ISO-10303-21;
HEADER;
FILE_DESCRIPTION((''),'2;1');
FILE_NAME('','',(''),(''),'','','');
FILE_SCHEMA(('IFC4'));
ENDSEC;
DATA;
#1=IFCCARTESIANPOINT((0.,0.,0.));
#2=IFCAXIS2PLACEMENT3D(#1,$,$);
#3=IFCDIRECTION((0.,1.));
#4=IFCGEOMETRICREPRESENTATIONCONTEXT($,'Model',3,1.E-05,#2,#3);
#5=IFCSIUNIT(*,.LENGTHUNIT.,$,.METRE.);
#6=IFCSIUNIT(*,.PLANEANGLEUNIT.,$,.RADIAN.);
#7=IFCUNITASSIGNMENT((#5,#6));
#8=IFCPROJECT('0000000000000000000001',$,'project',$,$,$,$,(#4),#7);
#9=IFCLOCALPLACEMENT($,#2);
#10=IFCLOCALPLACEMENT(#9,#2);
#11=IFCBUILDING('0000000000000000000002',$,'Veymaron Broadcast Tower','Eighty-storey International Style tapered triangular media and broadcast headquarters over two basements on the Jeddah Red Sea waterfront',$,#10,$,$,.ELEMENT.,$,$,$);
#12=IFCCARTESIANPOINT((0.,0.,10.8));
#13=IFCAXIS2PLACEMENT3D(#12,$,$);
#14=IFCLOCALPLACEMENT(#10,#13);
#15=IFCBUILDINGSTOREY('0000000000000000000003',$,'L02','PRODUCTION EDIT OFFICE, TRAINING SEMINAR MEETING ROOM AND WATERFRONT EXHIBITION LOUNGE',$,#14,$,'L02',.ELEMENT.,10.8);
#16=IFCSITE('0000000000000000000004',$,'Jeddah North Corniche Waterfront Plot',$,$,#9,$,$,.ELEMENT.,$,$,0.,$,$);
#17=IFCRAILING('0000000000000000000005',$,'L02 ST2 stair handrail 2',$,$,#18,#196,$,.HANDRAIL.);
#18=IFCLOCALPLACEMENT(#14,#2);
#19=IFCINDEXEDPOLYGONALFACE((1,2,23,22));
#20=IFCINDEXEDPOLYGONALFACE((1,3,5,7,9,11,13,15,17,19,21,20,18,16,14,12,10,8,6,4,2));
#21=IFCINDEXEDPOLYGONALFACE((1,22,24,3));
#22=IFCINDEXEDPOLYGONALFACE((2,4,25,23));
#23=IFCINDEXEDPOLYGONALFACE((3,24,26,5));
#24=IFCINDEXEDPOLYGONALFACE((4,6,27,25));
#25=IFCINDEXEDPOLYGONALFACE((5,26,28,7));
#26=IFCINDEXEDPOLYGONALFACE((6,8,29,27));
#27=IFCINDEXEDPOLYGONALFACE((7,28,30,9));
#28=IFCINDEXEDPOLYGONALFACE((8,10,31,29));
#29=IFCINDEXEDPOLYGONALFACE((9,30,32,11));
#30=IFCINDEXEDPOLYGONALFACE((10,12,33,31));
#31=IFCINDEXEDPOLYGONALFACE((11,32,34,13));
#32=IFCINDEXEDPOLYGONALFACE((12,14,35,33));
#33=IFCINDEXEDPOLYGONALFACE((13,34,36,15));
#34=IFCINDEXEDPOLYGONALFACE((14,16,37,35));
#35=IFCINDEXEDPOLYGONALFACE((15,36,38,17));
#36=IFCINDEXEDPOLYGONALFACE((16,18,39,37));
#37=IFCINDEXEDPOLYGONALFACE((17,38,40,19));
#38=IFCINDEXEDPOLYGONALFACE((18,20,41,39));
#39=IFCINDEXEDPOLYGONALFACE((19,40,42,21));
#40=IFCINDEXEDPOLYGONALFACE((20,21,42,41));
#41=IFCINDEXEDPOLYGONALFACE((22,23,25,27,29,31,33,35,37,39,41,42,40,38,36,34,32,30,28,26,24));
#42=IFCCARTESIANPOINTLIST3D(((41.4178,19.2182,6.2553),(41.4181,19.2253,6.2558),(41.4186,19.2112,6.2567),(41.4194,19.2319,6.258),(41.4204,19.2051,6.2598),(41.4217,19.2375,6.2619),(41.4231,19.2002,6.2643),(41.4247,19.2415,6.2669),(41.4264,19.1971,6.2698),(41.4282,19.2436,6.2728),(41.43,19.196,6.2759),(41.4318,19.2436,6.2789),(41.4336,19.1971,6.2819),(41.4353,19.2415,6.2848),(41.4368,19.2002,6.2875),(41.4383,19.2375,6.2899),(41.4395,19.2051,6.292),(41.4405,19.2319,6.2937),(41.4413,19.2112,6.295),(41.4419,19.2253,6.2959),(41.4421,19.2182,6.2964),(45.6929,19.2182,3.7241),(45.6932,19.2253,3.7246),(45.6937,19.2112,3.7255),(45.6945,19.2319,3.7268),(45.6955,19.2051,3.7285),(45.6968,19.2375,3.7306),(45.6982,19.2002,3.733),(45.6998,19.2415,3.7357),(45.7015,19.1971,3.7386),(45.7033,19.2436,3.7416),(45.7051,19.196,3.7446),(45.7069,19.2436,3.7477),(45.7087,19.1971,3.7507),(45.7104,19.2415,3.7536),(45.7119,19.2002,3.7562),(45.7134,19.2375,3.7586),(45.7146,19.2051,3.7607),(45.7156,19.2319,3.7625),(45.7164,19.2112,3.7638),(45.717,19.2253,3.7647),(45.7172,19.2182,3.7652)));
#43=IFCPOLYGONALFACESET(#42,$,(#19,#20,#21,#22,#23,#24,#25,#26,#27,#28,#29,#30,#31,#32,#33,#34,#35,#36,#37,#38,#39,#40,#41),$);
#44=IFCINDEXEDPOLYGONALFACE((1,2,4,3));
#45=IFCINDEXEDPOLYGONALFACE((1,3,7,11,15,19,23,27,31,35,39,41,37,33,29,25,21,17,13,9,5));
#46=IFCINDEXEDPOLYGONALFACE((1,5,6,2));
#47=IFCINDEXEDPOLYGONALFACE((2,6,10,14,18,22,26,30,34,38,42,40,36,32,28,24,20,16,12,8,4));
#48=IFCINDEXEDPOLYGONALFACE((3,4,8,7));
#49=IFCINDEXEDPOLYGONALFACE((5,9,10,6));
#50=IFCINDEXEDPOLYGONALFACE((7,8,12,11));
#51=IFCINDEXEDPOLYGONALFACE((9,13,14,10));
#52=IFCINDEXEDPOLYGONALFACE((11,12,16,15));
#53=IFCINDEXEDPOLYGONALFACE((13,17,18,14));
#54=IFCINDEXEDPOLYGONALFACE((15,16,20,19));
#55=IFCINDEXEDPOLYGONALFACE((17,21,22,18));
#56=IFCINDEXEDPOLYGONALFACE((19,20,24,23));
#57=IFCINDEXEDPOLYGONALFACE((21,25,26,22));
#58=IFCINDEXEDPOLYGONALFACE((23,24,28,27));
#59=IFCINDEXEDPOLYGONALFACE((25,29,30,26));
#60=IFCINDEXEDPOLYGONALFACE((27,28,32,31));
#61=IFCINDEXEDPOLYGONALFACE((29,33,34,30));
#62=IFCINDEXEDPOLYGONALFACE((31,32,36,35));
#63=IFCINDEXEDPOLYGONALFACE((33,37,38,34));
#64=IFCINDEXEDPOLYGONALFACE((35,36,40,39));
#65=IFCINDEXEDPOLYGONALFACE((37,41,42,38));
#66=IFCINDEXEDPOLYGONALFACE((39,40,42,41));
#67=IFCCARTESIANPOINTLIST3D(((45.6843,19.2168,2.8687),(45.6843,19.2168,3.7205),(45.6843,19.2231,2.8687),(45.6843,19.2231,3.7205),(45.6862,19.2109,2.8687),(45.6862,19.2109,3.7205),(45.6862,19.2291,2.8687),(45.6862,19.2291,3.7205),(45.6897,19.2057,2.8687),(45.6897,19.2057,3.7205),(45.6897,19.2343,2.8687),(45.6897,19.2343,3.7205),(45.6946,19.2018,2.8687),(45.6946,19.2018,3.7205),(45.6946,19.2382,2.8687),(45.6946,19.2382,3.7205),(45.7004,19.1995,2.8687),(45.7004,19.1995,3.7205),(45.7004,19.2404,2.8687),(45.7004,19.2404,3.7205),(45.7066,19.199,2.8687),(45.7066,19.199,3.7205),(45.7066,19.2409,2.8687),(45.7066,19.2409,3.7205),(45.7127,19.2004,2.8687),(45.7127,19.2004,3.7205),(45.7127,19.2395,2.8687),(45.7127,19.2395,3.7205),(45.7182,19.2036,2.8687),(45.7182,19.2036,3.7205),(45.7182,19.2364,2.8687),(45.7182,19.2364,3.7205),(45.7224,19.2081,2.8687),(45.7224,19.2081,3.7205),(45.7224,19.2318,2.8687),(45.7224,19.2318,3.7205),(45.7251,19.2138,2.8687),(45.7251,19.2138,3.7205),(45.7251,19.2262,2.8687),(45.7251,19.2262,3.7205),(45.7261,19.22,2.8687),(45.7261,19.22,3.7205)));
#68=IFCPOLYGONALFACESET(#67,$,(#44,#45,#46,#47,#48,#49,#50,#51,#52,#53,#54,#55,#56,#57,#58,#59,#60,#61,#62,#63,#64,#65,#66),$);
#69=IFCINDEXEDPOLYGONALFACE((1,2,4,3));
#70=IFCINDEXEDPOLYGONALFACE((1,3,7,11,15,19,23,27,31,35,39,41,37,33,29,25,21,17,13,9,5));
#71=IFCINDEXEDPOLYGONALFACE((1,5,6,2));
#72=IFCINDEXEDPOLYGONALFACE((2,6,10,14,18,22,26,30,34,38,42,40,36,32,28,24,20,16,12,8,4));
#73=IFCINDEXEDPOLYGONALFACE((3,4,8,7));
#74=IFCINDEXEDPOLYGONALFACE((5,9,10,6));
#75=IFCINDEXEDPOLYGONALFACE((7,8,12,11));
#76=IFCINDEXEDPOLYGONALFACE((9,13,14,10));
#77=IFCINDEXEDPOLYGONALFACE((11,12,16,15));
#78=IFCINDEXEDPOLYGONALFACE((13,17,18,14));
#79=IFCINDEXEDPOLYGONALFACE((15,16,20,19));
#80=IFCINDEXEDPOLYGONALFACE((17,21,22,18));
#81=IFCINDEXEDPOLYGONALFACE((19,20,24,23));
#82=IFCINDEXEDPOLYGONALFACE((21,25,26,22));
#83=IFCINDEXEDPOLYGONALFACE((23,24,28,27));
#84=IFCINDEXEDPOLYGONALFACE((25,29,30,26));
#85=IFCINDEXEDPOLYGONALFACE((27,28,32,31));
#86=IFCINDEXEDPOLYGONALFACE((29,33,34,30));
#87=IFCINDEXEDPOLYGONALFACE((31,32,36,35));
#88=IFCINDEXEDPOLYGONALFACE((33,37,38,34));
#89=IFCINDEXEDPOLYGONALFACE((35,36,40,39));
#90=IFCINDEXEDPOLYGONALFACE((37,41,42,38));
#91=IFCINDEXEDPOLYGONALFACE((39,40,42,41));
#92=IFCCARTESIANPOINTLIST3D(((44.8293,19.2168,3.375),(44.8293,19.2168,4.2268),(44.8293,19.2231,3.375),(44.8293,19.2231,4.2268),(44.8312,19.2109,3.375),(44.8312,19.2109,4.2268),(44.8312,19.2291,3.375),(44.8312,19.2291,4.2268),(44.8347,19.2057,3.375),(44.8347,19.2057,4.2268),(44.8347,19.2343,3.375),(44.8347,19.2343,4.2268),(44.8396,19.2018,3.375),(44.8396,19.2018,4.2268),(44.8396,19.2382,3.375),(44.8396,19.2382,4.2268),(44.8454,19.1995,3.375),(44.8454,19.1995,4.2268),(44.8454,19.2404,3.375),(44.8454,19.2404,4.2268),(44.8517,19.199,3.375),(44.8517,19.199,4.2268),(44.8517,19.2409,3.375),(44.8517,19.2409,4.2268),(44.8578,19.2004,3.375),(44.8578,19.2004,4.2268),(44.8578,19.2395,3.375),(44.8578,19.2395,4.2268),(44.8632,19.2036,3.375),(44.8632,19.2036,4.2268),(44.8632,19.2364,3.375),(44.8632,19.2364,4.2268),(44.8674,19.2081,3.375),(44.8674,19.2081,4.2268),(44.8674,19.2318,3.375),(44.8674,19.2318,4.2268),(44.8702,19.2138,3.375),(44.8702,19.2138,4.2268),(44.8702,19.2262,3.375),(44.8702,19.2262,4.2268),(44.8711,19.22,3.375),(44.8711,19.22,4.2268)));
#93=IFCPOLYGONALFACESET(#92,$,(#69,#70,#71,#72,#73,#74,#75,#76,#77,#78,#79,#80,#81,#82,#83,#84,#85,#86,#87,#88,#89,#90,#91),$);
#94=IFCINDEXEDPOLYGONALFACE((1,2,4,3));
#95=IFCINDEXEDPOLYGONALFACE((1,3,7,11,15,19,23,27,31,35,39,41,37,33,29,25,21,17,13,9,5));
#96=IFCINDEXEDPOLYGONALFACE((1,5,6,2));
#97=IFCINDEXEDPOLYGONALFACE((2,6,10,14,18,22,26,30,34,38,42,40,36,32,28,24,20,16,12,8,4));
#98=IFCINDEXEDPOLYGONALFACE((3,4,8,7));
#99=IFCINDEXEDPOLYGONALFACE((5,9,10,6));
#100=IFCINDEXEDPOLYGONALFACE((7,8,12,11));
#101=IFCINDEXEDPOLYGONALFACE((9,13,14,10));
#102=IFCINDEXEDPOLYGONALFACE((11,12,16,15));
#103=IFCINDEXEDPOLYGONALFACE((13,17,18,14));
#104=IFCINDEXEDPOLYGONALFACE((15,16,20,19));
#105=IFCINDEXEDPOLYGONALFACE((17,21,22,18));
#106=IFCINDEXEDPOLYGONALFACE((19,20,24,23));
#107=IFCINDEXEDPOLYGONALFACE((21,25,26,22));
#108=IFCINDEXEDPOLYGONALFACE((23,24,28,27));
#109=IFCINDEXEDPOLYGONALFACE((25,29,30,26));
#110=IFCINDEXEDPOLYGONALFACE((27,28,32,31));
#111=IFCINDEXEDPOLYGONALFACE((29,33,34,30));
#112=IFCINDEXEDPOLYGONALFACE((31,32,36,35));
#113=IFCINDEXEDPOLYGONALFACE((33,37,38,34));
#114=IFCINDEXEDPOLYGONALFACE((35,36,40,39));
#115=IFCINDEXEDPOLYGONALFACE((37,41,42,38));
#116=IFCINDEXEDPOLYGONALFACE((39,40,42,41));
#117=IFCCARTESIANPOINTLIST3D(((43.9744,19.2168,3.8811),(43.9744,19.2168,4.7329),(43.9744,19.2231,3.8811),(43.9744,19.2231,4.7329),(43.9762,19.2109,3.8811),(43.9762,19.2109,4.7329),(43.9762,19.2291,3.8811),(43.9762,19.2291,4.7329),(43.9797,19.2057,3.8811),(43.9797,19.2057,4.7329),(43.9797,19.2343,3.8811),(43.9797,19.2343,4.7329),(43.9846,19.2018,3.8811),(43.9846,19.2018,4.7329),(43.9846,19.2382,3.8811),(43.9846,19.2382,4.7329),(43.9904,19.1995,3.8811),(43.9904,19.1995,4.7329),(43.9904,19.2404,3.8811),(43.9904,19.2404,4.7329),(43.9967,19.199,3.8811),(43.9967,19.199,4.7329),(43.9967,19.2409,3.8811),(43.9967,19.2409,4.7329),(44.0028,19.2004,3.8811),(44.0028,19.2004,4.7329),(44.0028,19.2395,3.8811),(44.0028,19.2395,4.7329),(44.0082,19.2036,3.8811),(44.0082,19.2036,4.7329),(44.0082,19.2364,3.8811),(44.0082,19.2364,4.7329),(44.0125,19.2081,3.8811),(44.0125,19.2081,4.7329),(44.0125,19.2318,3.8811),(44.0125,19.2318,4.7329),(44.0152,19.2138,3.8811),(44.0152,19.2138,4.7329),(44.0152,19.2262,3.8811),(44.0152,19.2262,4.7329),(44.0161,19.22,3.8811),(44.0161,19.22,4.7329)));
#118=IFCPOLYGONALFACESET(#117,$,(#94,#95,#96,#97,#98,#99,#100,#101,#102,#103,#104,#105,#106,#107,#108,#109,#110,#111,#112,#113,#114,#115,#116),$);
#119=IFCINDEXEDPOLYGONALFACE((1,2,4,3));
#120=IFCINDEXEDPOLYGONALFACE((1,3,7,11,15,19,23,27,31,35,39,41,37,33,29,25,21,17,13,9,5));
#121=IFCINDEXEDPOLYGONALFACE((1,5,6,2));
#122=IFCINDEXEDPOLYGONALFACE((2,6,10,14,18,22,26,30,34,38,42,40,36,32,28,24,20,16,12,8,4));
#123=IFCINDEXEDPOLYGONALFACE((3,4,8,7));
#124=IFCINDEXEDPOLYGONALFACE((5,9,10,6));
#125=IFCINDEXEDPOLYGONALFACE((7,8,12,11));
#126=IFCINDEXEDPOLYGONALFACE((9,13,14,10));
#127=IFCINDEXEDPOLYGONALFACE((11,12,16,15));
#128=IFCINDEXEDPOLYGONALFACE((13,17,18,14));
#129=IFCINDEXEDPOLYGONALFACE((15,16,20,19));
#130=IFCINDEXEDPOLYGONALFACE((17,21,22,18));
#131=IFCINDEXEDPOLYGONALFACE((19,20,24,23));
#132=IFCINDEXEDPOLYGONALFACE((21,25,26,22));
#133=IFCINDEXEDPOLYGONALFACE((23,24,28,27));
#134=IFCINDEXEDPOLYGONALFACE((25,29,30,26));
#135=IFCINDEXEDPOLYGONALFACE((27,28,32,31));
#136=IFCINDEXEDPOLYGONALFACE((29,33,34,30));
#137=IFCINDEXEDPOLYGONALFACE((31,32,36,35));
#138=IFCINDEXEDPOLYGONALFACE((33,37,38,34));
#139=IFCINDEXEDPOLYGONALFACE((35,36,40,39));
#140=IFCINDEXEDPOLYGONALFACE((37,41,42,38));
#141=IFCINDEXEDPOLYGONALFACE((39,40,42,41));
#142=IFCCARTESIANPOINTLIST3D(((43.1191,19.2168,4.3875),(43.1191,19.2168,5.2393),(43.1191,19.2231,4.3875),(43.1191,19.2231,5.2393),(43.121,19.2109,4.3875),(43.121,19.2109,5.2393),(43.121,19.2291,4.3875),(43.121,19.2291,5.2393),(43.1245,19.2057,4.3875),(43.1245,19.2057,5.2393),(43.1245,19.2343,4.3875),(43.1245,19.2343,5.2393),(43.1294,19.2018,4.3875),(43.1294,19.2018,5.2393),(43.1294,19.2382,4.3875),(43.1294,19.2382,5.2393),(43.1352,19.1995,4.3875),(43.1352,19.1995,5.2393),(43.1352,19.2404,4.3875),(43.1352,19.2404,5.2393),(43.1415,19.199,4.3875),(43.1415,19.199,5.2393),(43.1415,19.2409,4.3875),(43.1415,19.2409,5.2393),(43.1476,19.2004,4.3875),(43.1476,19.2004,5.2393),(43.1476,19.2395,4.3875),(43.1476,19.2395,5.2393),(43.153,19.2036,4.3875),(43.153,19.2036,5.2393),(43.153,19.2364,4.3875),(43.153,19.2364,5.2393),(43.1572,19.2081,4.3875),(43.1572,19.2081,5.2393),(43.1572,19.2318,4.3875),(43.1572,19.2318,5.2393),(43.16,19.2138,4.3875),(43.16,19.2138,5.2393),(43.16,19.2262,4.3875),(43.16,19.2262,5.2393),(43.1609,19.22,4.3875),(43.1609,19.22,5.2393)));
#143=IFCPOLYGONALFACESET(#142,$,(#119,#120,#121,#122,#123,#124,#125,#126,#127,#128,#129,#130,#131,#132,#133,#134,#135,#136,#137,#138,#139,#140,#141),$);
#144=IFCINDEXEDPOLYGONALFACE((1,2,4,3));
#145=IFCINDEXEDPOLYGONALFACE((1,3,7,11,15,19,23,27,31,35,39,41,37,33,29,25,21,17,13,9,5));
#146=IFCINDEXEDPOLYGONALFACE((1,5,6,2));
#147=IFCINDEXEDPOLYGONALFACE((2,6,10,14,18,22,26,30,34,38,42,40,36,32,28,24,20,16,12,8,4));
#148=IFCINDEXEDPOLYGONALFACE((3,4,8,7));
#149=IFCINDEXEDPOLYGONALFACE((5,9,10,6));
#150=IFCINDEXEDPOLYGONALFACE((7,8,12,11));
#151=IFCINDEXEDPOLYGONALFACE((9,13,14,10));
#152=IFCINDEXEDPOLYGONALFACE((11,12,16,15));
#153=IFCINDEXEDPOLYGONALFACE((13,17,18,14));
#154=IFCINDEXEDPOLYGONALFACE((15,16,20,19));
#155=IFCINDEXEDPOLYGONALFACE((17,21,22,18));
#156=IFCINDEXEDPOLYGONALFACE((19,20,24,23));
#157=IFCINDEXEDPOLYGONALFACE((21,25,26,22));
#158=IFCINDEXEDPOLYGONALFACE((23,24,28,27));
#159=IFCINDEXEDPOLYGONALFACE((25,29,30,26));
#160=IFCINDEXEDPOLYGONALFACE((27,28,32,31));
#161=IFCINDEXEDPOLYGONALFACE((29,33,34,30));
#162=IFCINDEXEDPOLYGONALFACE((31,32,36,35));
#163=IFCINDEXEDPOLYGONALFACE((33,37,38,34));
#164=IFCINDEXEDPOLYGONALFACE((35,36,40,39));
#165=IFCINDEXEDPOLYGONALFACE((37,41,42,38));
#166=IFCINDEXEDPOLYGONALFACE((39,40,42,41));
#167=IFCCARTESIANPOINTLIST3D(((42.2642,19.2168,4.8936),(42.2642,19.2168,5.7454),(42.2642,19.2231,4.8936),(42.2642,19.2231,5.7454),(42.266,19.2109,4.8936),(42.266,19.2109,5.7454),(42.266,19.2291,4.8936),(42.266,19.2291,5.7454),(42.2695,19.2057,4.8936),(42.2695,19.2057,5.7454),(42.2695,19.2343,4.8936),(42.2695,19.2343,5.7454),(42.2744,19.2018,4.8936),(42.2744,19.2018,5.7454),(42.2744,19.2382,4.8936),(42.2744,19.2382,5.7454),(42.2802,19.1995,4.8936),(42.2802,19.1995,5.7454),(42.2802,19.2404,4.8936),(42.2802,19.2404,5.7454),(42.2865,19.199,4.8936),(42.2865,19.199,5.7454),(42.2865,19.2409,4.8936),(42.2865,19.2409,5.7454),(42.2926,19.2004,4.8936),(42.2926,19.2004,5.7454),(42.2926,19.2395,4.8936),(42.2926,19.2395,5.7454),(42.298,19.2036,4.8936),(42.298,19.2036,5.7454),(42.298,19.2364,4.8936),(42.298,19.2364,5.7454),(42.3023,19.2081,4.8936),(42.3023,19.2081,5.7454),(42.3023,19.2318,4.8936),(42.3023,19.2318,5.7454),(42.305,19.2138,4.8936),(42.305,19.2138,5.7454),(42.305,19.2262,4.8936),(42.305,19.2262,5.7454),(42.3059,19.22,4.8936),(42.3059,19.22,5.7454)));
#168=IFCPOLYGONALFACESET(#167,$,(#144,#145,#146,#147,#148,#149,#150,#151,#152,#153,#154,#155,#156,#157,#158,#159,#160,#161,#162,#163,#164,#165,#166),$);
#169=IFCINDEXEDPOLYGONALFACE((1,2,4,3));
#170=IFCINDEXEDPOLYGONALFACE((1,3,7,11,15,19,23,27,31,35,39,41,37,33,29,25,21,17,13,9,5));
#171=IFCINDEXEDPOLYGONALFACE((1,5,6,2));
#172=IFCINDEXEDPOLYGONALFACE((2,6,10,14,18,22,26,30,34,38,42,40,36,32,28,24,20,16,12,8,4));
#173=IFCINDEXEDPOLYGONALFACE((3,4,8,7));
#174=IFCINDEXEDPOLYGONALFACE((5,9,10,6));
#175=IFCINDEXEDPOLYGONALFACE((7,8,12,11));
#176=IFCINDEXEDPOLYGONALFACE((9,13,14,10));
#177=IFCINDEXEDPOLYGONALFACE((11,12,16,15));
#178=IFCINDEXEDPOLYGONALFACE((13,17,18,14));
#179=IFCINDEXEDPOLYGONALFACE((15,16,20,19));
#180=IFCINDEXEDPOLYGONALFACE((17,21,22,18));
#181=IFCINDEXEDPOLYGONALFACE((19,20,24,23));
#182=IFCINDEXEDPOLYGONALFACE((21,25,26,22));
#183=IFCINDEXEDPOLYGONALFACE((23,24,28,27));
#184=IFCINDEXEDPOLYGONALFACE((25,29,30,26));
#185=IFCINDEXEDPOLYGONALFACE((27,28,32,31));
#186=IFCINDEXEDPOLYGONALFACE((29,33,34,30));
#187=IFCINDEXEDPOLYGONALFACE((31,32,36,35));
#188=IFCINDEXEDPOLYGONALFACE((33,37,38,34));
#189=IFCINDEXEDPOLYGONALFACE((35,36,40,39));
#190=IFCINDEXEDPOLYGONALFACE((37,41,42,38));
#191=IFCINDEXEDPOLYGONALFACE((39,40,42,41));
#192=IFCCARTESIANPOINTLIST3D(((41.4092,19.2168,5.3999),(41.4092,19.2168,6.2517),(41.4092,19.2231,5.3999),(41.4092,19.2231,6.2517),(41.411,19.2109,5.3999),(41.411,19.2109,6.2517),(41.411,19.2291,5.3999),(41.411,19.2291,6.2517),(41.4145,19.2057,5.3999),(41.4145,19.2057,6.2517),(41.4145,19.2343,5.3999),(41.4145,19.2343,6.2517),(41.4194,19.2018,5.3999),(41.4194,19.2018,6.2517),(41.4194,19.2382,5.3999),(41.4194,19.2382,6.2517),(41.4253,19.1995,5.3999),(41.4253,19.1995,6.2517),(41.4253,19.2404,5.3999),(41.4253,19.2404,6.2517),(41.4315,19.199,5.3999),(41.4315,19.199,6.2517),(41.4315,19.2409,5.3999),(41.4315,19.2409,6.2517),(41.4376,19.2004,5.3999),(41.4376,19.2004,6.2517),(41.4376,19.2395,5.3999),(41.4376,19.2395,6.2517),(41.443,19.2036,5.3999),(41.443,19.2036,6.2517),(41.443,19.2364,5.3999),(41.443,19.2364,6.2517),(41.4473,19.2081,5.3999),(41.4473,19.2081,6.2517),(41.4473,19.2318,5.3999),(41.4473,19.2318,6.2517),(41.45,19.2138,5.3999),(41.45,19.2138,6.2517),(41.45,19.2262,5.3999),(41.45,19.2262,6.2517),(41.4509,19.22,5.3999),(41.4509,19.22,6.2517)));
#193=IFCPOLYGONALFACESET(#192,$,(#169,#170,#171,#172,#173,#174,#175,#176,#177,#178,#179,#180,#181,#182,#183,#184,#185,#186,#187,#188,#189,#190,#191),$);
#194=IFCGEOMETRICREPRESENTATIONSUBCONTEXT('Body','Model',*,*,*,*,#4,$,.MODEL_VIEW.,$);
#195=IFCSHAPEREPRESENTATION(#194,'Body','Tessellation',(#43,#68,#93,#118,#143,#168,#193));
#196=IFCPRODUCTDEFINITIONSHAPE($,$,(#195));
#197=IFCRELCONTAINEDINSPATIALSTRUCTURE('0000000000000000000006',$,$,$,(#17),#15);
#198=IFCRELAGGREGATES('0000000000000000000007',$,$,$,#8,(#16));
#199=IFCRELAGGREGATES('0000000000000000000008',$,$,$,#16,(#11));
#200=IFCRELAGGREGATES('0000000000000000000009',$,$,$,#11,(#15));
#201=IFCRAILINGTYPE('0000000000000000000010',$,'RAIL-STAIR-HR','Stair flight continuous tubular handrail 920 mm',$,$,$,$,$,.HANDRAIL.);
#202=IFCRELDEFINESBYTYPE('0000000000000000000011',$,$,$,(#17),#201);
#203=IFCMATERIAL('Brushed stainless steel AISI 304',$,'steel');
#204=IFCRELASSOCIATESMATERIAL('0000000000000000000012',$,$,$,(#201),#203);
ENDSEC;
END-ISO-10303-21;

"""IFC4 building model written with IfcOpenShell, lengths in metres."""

from ifc_helpers import new_model, si_unit, direction, frame, origin, origin_2d, place, context, subcontext, project, spatial, circle, extrude, material, type_object, element, save


model = new_model("IFC4")

# Units and contexts
model_context = context("Model", 3, precision=1e-05, world=origin(), true_north=direction((0.0, 1.0)))
body_context = subcontext(model_context, "Body", "Model", "MODEL_VIEW")
ifc_project = project(units=[si_unit("LENGTHUNIT", "METRE"), si_unit("PLANEANGLEUNIT", "RADIAN")], contexts=[model_context])

# Site, building, storey
site_placement = place(None, origin())
site = spatial("IfcSite", under=ifc_project, at=site_placement, Name="Jeddah North Corniche Waterfront Plot", CompositionType="ELEMENT", RefElevation=0.0)
building_placement = place(site_placement, origin())
building = spatial("IfcBuilding", under=site, at=building_placement, Name="Veymaron Broadcast Tower", Description="Eighty-storey International Style tapered triangular media and broadcast headquarters over two basements on the Jeddah Red Sea waterfront", CompositionType="ELEMENT")
storey_placement = place(building_placement, frame((0.0, 0.0, 10.8)))
storey = spatial("IfcBuildingStorey", under=building, at=storey_placement, Name="L02", Description="PRODUCTION EDIT OFFICE, TRAINING SEMINAR MEETING ROOM AND WATERFRONT EXHIBITION LOUNGE", LongName="L02", CompositionType="ELEMENT", Elevation=10.8)

# Shared definitions
ifc_material_1 = material(Name="Brushed stainless steel AISI 304", Category="steel")

# Railing
railing_type_1 = type_object("IfcRailingType", Name="RAIL-STAIR-HR", Description="Stair flight continuous tubular handrail 920 mm", PredefinedType="HANDRAIL", material=ifc_material_1)
railing_1_placement = place(storey_placement, frame((45.7051, 19.22, 2.8687)))
element("IfcRailing", 1, at=railing_1_placement, inside=storey, type_object=railing_type_1, Name="L02 ST2 stair handrail 2", PredefinedType="HANDRAIL", context=body_context, shape_type="SweptSolid", body=[
    extrude(circle(Radius=0.0239, at=origin_2d()), frame((0.0, 0.0, 0.876), z_axis=(-0.860483, 0.0, 0.509479), x_axis=(0.0, -1.0, 0.0)), (0.0, 0.0, 1.0), 4.9683),
    extrude(circle(Radius=0.021, at=origin_2d()), origin(), (0.0, 0.0, 1.0), 0.8518),
    extrude(circle(Radius=0.021, at=origin_2d()), frame((-0.855, 0.0, 0.5063)), (0.0, 0.0, 1.0), 0.8518),
    extrude(circle(Radius=0.021, at=origin_2d()), frame((-1.71, 0.0, 1.0125)), (0.0, 0.0, 1.0), 0.8518),
    extrude(circle(Radius=0.021, at=origin_2d()), frame((-2.5652, 0.0, 1.5188)), (0.0, 0.0, 1.0), 0.8518),
    extrude(circle(Radius=0.021, at=origin_2d()), frame((-3.4202, 0.0, 2.0249)), (0.0, 0.0, 1.0), 0.8518),
    extrude(circle(Radius=0.021, at=origin_2d()), frame((-4.2751, 0.0, 2.5312)), (0.0, 0.0, 1.0), 0.8518),
])

save(model, "model.ifc")
